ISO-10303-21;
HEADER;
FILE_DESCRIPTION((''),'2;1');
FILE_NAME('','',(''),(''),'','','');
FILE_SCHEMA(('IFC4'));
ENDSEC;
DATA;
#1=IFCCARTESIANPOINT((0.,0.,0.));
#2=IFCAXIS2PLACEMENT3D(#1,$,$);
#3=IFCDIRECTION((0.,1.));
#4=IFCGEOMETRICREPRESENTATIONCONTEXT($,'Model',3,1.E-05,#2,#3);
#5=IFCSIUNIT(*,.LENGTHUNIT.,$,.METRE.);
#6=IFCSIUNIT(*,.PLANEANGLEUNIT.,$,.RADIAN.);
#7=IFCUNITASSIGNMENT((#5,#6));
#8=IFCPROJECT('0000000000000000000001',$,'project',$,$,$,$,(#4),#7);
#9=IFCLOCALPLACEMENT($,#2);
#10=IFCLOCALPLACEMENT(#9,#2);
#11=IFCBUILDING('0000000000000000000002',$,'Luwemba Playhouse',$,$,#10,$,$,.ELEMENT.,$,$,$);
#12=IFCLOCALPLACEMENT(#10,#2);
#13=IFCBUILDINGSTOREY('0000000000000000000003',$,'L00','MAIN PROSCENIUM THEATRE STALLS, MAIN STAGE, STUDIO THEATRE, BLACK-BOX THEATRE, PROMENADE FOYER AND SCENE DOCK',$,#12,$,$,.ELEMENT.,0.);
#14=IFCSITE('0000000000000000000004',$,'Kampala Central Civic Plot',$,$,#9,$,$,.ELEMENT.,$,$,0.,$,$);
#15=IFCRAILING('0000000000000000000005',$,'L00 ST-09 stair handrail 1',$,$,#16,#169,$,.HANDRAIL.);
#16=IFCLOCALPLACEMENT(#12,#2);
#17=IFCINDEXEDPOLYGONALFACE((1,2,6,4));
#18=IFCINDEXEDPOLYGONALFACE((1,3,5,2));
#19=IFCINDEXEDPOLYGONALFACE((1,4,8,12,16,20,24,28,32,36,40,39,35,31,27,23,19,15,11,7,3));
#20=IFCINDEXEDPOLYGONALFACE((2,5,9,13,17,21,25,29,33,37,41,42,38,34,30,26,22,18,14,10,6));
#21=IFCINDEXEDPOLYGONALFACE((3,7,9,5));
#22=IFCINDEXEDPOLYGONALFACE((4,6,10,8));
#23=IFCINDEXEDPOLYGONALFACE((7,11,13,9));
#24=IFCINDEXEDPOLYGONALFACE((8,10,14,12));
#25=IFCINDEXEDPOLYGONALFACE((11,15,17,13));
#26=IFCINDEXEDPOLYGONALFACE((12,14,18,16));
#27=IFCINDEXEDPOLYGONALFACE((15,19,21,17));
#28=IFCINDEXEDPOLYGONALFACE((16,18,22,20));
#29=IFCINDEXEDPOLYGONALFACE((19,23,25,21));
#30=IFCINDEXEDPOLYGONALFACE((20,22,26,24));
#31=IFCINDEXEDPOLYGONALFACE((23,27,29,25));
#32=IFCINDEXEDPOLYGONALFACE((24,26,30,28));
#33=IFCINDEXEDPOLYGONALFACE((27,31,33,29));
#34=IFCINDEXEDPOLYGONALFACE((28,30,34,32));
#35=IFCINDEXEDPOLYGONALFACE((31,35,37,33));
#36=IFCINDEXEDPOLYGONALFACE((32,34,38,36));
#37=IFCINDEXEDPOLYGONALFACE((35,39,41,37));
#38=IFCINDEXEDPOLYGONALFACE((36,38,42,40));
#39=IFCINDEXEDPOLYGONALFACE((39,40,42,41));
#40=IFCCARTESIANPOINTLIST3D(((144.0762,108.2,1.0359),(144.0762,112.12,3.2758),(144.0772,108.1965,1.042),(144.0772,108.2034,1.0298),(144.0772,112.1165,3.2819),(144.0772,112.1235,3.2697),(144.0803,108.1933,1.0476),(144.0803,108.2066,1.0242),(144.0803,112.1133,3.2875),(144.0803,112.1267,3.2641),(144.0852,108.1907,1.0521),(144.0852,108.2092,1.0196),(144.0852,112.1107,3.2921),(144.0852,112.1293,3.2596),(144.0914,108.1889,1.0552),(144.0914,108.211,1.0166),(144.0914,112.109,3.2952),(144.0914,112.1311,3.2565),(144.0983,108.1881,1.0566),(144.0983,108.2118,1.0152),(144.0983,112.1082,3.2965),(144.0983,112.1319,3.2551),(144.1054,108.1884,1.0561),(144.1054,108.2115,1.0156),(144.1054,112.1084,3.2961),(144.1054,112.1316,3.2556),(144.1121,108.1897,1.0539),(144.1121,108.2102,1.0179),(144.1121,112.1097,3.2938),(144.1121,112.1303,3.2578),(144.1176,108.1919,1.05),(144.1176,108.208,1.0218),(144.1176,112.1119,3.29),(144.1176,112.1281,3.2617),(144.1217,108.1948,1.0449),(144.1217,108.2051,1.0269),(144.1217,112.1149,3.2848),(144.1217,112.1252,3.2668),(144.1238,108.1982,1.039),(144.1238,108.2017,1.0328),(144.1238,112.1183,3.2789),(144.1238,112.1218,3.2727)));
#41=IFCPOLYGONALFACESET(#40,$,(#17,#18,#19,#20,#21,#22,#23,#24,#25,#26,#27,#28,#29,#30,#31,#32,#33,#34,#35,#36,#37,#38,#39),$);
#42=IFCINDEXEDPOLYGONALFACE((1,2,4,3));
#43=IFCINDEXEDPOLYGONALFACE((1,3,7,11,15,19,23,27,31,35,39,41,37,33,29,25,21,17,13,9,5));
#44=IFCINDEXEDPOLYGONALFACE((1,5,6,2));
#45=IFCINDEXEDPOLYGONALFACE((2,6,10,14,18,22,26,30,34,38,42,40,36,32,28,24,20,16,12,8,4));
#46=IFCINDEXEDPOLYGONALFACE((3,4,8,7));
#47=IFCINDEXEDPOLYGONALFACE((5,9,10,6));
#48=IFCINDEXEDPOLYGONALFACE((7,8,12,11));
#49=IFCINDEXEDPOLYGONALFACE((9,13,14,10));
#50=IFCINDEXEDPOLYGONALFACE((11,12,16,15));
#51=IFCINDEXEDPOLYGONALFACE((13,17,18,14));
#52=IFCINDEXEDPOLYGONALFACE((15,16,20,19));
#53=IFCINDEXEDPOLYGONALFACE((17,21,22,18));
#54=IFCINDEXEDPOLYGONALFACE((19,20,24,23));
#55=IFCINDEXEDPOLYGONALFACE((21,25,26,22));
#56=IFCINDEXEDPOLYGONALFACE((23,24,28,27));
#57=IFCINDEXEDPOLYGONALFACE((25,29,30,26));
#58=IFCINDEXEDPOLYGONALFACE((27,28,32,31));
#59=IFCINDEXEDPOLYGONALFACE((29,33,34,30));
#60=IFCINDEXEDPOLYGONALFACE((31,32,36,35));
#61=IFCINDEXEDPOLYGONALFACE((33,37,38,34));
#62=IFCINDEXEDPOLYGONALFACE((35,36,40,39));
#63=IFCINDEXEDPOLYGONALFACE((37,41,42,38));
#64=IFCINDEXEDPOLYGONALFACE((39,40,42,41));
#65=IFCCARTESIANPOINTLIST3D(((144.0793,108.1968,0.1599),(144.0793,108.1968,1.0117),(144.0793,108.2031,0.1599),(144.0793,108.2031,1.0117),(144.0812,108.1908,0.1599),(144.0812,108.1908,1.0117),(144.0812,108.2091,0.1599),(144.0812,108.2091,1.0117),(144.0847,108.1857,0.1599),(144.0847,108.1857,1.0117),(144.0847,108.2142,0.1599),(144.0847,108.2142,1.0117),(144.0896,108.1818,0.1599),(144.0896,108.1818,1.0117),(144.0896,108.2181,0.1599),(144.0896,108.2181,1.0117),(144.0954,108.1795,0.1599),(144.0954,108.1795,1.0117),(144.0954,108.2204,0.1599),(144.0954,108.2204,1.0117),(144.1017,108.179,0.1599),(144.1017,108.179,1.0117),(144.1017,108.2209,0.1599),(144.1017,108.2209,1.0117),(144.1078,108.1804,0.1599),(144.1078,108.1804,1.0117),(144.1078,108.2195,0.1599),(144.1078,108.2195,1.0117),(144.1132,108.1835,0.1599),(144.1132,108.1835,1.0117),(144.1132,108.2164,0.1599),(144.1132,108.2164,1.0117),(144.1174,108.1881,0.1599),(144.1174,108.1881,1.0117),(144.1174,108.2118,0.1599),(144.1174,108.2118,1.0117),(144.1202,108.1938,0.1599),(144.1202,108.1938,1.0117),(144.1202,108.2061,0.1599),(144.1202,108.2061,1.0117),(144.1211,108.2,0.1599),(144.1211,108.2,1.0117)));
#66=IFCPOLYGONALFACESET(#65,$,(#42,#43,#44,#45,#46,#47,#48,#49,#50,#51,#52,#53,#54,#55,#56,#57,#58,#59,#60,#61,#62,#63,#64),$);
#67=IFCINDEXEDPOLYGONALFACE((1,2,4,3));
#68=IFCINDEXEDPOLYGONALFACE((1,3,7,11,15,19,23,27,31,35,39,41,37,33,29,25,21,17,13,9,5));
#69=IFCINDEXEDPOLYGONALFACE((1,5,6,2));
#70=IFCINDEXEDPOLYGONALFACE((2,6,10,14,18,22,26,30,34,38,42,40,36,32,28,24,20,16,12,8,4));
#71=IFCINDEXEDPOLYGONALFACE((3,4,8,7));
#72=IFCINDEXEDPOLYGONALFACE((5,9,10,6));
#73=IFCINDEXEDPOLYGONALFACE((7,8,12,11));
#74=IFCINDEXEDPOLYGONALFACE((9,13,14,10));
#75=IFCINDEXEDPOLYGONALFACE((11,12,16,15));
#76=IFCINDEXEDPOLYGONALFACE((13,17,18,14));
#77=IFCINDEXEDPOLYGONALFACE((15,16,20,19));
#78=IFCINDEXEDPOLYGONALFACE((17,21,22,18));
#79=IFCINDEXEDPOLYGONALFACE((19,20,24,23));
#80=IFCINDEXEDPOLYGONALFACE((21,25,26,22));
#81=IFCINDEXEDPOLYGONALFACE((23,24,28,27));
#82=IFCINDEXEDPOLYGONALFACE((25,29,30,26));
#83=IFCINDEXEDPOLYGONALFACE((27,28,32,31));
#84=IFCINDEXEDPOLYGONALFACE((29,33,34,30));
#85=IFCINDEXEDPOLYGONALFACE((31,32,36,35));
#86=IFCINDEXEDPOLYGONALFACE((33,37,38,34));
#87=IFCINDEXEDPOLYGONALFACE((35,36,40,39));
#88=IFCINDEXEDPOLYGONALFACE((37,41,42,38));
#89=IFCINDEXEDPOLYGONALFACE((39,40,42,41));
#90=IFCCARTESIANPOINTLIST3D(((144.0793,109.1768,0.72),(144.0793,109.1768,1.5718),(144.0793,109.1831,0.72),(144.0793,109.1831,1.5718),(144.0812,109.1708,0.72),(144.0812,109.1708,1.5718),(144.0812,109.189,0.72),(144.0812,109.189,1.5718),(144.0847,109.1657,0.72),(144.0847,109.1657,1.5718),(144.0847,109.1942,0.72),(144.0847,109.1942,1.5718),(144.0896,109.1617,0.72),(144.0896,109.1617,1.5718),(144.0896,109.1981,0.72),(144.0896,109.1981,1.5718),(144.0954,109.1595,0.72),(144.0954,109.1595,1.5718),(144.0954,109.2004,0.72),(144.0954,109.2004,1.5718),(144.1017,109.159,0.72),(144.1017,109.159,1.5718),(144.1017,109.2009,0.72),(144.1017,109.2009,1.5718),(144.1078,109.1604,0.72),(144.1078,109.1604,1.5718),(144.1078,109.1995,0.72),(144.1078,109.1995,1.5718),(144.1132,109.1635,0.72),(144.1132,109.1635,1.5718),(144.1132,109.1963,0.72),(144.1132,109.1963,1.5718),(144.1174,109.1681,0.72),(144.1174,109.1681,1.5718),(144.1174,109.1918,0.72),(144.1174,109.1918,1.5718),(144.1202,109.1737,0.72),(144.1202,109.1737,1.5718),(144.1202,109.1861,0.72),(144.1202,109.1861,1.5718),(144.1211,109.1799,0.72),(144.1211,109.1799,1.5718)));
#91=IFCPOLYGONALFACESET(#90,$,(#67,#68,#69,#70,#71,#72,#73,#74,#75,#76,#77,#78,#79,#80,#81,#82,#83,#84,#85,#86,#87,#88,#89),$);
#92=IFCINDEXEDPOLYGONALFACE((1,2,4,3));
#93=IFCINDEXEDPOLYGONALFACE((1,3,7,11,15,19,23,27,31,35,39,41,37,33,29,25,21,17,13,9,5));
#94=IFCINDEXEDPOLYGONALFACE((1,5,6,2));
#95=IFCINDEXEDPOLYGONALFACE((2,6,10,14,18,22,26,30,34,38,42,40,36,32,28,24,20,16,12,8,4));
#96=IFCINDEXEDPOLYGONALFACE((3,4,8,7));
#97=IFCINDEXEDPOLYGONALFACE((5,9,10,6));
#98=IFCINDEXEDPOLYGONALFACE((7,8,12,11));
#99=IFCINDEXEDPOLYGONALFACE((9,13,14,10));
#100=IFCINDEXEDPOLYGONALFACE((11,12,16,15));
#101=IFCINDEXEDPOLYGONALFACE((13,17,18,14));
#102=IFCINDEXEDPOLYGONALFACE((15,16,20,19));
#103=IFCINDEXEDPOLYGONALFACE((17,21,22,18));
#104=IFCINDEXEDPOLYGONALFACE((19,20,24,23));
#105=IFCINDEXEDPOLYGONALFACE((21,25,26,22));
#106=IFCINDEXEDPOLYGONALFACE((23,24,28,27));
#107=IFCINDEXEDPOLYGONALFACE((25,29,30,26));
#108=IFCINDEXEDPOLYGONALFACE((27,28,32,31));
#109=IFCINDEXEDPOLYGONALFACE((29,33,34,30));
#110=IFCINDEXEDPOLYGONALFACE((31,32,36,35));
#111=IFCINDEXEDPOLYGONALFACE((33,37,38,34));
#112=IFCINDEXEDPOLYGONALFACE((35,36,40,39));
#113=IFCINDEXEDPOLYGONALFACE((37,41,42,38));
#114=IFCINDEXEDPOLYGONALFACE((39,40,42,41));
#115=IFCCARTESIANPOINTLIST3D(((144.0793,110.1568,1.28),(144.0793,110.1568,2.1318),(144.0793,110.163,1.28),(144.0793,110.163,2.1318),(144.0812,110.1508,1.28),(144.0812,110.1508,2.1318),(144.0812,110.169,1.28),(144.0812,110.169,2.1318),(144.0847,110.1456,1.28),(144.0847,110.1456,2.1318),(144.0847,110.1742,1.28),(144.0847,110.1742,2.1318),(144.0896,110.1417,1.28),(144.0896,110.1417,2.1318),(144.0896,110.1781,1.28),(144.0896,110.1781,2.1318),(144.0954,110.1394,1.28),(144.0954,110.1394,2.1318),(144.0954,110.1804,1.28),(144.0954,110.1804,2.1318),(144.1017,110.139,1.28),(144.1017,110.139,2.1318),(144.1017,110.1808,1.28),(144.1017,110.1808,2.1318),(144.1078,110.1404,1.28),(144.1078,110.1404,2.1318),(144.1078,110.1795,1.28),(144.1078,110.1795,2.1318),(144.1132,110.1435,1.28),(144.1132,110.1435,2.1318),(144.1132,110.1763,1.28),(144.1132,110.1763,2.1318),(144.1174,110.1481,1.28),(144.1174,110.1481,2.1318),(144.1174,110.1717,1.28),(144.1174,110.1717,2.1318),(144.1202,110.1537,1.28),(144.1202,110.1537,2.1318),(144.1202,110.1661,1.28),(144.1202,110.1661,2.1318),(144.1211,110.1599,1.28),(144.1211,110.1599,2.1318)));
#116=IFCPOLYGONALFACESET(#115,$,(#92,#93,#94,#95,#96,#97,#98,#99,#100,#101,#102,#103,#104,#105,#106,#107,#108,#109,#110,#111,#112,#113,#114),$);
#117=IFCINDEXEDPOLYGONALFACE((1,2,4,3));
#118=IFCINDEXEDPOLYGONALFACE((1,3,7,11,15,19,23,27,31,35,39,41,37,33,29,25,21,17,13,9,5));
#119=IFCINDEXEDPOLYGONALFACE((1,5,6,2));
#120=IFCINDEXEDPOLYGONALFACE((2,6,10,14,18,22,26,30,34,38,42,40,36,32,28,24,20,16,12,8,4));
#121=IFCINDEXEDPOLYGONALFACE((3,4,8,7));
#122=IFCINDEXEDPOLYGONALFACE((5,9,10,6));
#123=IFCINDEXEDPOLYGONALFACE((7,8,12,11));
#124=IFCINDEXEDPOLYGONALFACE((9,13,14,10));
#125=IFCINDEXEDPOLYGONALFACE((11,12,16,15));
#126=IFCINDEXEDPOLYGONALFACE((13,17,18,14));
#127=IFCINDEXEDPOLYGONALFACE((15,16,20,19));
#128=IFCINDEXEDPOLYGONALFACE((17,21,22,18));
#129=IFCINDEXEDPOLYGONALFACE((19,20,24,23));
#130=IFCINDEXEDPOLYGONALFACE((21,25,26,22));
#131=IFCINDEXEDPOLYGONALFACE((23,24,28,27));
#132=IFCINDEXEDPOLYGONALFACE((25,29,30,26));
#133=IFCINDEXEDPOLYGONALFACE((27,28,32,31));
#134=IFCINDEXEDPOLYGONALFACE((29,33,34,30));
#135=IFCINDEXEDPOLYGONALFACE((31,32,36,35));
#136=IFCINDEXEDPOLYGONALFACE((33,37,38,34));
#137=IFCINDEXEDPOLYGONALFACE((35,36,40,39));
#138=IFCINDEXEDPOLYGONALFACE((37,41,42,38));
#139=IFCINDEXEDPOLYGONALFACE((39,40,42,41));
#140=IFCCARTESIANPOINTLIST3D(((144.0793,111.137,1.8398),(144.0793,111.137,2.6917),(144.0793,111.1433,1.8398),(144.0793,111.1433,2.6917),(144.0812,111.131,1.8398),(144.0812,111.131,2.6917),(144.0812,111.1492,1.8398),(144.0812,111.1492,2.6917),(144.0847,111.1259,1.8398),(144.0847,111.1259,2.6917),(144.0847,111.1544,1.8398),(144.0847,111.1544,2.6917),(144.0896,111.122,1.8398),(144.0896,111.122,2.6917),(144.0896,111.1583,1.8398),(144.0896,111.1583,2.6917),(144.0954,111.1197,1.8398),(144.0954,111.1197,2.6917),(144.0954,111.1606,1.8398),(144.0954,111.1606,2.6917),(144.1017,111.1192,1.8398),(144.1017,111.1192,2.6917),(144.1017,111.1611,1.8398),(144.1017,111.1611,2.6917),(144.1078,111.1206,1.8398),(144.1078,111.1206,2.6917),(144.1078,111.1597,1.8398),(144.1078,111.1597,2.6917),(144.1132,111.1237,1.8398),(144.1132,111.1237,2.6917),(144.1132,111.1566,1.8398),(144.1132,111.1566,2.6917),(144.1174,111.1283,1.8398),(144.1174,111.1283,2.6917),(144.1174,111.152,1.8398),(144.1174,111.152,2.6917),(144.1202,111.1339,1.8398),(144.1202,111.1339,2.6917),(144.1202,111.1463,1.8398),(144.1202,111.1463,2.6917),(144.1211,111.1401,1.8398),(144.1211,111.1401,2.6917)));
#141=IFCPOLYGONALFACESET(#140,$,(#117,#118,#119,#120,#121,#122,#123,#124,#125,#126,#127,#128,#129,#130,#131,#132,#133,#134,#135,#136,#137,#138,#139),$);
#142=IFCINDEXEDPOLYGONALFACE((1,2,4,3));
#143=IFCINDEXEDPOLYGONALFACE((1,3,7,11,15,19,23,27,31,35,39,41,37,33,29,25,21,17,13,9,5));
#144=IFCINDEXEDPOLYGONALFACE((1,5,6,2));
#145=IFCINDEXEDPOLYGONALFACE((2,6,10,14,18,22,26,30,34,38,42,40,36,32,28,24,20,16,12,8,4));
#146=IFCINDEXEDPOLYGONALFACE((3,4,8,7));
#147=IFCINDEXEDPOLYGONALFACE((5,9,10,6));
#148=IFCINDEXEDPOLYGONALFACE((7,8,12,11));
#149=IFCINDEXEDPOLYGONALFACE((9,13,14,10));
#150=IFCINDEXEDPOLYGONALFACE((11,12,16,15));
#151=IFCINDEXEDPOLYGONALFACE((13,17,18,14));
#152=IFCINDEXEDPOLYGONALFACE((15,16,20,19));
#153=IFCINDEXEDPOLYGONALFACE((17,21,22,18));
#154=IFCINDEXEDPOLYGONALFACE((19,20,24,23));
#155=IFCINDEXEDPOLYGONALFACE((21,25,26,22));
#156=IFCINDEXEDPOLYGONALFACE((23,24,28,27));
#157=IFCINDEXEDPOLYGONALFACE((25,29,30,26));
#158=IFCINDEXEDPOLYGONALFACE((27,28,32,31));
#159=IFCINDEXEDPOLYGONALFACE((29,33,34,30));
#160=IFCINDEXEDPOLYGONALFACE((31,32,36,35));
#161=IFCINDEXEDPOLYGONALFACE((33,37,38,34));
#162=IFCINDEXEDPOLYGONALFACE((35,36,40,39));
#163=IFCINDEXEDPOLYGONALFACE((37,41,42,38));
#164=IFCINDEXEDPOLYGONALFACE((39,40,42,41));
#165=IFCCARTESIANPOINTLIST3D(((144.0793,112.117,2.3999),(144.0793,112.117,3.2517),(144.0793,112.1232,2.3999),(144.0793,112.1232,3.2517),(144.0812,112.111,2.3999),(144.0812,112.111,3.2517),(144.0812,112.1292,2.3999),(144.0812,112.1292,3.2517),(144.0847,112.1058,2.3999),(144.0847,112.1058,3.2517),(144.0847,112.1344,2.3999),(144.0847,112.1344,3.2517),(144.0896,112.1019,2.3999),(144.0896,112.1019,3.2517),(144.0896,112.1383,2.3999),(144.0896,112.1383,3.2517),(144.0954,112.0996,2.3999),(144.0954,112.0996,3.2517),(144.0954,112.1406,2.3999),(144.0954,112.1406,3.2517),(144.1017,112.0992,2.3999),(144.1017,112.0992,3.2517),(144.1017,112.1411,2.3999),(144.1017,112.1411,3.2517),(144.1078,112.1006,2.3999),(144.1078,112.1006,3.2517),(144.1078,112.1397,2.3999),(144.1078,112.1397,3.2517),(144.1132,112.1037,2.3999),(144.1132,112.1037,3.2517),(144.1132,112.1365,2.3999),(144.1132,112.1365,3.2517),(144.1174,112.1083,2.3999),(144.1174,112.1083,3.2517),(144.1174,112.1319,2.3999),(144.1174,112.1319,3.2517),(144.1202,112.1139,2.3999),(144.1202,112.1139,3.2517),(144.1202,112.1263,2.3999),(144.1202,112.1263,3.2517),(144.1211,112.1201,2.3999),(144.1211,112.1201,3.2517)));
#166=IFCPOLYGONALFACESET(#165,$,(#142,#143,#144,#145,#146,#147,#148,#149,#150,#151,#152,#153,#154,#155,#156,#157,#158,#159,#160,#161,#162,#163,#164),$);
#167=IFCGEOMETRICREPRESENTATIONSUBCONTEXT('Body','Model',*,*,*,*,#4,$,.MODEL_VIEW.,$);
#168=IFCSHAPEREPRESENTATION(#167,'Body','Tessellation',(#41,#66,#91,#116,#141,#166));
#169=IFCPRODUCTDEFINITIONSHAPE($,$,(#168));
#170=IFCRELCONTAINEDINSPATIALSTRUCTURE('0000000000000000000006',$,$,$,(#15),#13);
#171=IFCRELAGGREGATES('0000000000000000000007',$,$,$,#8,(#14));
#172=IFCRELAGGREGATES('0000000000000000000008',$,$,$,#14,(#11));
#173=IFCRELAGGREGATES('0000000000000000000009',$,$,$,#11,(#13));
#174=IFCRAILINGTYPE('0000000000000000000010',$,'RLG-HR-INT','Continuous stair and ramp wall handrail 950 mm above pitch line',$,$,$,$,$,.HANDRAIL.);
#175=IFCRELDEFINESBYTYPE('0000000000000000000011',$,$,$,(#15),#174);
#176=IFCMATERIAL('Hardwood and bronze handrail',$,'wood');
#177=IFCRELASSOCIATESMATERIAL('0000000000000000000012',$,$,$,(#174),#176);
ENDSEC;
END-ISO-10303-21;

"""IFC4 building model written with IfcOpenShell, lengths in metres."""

from ifc_helpers import new_model, si_unit, direction, frame, origin, origin_2d, place, context, subcontext, project, spatial, circle, extrude, material, type_object, element, save


model = new_model("IFC4")

# Units and contexts
model_context = context("Model", 3, precision=1e-05, world=origin(), true_north=direction((0.0, 1.0)))
body_context = subcontext(model_context, "Body", "Model", "MODEL_VIEW")
ifc_project = project(units=[si_unit("LENGTHUNIT", "METRE"), si_unit("PLANEANGLEUNIT", "RADIAN")], contexts=[model_context])

# Site, building, storey
site_placement = place(None, origin())
site = spatial("IfcSite", under=ifc_project, at=site_placement, Name="Kampala Central Civic Plot", CompositionType="ELEMENT", RefElevation=0.0)
building_placement = place(site_placement, origin())
building = spatial("IfcBuilding", under=site, at=building_placement, Name="Luwemba Playhouse", CompositionType="ELEMENT")
storey_placement = place(building_placement, origin())
storey = spatial("IfcBuildingStorey", under=building, at=storey_placement, Name="L00", Description="MAIN PROSCENIUM THEATRE STALLS, MAIN STAGE, STUDIO THEATRE, BLACK-BOX THEATRE, PROMENADE FOYER AND SCENE DOCK", CompositionType="ELEMENT", Elevation=0.0)

# Railing
ifc_material_1 = material(Name="Hardwood and bronze handrail", Category="wood")
railing_type_1 = type_object("IfcRailingType", Name="RLG-HR-INT", Description="Continuous stair and ramp wall handrail 950 mm above pitch line", PredefinedType="HANDRAIL", material=ifc_material_1)
railing_1_placement = place(storey_placement, frame((144.1001, 108.2, 0.1599)))
element("IfcRailing", 1, at=railing_1_placement, inside=storey, type_object=railing_type_1, Name="L00 ST-09 stair handrail 1", PredefinedType="HANDRAIL", context=body_context, shape_type="SweptSolid", body=[
    extrude(circle(Radius=0.0239, at=origin_2d()), frame((0.0, 0.0, 0.876), z_axis=(0.0, 0.868253, 0.496121), x_axis=(-1.0, 0.0, 0.0)), (0.0, 0.0, 1.0), 4.5149),
    extrude(circle(Radius=0.021, at=origin_2d()), origin(), (0.0, 0.0, 1.0), 0.8518),
    extrude(circle(Radius=0.021, at=origin_2d()), frame((0.0, 0.98, 0.5601)), (0.0, 0.0, 1.0), 0.8518),
    extrude(circle(Radius=0.021, at=origin_2d()), frame((0.0, 1.96, 1.1201)), (0.0, 0.0, 1.0), 0.8518),
    extrude(circle(Radius=0.021, at=origin_2d()), frame((0.0, 2.9402, 1.6799)), (0.0, 0.0, 1.0), 0.8518),
    extrude(circle(Radius=0.021, at=origin_2d()), frame((0.0, 3.9202, 2.24)), (0.0, 0.0, 1.0), 0.8518),
])

save(model, "model.ifc")
